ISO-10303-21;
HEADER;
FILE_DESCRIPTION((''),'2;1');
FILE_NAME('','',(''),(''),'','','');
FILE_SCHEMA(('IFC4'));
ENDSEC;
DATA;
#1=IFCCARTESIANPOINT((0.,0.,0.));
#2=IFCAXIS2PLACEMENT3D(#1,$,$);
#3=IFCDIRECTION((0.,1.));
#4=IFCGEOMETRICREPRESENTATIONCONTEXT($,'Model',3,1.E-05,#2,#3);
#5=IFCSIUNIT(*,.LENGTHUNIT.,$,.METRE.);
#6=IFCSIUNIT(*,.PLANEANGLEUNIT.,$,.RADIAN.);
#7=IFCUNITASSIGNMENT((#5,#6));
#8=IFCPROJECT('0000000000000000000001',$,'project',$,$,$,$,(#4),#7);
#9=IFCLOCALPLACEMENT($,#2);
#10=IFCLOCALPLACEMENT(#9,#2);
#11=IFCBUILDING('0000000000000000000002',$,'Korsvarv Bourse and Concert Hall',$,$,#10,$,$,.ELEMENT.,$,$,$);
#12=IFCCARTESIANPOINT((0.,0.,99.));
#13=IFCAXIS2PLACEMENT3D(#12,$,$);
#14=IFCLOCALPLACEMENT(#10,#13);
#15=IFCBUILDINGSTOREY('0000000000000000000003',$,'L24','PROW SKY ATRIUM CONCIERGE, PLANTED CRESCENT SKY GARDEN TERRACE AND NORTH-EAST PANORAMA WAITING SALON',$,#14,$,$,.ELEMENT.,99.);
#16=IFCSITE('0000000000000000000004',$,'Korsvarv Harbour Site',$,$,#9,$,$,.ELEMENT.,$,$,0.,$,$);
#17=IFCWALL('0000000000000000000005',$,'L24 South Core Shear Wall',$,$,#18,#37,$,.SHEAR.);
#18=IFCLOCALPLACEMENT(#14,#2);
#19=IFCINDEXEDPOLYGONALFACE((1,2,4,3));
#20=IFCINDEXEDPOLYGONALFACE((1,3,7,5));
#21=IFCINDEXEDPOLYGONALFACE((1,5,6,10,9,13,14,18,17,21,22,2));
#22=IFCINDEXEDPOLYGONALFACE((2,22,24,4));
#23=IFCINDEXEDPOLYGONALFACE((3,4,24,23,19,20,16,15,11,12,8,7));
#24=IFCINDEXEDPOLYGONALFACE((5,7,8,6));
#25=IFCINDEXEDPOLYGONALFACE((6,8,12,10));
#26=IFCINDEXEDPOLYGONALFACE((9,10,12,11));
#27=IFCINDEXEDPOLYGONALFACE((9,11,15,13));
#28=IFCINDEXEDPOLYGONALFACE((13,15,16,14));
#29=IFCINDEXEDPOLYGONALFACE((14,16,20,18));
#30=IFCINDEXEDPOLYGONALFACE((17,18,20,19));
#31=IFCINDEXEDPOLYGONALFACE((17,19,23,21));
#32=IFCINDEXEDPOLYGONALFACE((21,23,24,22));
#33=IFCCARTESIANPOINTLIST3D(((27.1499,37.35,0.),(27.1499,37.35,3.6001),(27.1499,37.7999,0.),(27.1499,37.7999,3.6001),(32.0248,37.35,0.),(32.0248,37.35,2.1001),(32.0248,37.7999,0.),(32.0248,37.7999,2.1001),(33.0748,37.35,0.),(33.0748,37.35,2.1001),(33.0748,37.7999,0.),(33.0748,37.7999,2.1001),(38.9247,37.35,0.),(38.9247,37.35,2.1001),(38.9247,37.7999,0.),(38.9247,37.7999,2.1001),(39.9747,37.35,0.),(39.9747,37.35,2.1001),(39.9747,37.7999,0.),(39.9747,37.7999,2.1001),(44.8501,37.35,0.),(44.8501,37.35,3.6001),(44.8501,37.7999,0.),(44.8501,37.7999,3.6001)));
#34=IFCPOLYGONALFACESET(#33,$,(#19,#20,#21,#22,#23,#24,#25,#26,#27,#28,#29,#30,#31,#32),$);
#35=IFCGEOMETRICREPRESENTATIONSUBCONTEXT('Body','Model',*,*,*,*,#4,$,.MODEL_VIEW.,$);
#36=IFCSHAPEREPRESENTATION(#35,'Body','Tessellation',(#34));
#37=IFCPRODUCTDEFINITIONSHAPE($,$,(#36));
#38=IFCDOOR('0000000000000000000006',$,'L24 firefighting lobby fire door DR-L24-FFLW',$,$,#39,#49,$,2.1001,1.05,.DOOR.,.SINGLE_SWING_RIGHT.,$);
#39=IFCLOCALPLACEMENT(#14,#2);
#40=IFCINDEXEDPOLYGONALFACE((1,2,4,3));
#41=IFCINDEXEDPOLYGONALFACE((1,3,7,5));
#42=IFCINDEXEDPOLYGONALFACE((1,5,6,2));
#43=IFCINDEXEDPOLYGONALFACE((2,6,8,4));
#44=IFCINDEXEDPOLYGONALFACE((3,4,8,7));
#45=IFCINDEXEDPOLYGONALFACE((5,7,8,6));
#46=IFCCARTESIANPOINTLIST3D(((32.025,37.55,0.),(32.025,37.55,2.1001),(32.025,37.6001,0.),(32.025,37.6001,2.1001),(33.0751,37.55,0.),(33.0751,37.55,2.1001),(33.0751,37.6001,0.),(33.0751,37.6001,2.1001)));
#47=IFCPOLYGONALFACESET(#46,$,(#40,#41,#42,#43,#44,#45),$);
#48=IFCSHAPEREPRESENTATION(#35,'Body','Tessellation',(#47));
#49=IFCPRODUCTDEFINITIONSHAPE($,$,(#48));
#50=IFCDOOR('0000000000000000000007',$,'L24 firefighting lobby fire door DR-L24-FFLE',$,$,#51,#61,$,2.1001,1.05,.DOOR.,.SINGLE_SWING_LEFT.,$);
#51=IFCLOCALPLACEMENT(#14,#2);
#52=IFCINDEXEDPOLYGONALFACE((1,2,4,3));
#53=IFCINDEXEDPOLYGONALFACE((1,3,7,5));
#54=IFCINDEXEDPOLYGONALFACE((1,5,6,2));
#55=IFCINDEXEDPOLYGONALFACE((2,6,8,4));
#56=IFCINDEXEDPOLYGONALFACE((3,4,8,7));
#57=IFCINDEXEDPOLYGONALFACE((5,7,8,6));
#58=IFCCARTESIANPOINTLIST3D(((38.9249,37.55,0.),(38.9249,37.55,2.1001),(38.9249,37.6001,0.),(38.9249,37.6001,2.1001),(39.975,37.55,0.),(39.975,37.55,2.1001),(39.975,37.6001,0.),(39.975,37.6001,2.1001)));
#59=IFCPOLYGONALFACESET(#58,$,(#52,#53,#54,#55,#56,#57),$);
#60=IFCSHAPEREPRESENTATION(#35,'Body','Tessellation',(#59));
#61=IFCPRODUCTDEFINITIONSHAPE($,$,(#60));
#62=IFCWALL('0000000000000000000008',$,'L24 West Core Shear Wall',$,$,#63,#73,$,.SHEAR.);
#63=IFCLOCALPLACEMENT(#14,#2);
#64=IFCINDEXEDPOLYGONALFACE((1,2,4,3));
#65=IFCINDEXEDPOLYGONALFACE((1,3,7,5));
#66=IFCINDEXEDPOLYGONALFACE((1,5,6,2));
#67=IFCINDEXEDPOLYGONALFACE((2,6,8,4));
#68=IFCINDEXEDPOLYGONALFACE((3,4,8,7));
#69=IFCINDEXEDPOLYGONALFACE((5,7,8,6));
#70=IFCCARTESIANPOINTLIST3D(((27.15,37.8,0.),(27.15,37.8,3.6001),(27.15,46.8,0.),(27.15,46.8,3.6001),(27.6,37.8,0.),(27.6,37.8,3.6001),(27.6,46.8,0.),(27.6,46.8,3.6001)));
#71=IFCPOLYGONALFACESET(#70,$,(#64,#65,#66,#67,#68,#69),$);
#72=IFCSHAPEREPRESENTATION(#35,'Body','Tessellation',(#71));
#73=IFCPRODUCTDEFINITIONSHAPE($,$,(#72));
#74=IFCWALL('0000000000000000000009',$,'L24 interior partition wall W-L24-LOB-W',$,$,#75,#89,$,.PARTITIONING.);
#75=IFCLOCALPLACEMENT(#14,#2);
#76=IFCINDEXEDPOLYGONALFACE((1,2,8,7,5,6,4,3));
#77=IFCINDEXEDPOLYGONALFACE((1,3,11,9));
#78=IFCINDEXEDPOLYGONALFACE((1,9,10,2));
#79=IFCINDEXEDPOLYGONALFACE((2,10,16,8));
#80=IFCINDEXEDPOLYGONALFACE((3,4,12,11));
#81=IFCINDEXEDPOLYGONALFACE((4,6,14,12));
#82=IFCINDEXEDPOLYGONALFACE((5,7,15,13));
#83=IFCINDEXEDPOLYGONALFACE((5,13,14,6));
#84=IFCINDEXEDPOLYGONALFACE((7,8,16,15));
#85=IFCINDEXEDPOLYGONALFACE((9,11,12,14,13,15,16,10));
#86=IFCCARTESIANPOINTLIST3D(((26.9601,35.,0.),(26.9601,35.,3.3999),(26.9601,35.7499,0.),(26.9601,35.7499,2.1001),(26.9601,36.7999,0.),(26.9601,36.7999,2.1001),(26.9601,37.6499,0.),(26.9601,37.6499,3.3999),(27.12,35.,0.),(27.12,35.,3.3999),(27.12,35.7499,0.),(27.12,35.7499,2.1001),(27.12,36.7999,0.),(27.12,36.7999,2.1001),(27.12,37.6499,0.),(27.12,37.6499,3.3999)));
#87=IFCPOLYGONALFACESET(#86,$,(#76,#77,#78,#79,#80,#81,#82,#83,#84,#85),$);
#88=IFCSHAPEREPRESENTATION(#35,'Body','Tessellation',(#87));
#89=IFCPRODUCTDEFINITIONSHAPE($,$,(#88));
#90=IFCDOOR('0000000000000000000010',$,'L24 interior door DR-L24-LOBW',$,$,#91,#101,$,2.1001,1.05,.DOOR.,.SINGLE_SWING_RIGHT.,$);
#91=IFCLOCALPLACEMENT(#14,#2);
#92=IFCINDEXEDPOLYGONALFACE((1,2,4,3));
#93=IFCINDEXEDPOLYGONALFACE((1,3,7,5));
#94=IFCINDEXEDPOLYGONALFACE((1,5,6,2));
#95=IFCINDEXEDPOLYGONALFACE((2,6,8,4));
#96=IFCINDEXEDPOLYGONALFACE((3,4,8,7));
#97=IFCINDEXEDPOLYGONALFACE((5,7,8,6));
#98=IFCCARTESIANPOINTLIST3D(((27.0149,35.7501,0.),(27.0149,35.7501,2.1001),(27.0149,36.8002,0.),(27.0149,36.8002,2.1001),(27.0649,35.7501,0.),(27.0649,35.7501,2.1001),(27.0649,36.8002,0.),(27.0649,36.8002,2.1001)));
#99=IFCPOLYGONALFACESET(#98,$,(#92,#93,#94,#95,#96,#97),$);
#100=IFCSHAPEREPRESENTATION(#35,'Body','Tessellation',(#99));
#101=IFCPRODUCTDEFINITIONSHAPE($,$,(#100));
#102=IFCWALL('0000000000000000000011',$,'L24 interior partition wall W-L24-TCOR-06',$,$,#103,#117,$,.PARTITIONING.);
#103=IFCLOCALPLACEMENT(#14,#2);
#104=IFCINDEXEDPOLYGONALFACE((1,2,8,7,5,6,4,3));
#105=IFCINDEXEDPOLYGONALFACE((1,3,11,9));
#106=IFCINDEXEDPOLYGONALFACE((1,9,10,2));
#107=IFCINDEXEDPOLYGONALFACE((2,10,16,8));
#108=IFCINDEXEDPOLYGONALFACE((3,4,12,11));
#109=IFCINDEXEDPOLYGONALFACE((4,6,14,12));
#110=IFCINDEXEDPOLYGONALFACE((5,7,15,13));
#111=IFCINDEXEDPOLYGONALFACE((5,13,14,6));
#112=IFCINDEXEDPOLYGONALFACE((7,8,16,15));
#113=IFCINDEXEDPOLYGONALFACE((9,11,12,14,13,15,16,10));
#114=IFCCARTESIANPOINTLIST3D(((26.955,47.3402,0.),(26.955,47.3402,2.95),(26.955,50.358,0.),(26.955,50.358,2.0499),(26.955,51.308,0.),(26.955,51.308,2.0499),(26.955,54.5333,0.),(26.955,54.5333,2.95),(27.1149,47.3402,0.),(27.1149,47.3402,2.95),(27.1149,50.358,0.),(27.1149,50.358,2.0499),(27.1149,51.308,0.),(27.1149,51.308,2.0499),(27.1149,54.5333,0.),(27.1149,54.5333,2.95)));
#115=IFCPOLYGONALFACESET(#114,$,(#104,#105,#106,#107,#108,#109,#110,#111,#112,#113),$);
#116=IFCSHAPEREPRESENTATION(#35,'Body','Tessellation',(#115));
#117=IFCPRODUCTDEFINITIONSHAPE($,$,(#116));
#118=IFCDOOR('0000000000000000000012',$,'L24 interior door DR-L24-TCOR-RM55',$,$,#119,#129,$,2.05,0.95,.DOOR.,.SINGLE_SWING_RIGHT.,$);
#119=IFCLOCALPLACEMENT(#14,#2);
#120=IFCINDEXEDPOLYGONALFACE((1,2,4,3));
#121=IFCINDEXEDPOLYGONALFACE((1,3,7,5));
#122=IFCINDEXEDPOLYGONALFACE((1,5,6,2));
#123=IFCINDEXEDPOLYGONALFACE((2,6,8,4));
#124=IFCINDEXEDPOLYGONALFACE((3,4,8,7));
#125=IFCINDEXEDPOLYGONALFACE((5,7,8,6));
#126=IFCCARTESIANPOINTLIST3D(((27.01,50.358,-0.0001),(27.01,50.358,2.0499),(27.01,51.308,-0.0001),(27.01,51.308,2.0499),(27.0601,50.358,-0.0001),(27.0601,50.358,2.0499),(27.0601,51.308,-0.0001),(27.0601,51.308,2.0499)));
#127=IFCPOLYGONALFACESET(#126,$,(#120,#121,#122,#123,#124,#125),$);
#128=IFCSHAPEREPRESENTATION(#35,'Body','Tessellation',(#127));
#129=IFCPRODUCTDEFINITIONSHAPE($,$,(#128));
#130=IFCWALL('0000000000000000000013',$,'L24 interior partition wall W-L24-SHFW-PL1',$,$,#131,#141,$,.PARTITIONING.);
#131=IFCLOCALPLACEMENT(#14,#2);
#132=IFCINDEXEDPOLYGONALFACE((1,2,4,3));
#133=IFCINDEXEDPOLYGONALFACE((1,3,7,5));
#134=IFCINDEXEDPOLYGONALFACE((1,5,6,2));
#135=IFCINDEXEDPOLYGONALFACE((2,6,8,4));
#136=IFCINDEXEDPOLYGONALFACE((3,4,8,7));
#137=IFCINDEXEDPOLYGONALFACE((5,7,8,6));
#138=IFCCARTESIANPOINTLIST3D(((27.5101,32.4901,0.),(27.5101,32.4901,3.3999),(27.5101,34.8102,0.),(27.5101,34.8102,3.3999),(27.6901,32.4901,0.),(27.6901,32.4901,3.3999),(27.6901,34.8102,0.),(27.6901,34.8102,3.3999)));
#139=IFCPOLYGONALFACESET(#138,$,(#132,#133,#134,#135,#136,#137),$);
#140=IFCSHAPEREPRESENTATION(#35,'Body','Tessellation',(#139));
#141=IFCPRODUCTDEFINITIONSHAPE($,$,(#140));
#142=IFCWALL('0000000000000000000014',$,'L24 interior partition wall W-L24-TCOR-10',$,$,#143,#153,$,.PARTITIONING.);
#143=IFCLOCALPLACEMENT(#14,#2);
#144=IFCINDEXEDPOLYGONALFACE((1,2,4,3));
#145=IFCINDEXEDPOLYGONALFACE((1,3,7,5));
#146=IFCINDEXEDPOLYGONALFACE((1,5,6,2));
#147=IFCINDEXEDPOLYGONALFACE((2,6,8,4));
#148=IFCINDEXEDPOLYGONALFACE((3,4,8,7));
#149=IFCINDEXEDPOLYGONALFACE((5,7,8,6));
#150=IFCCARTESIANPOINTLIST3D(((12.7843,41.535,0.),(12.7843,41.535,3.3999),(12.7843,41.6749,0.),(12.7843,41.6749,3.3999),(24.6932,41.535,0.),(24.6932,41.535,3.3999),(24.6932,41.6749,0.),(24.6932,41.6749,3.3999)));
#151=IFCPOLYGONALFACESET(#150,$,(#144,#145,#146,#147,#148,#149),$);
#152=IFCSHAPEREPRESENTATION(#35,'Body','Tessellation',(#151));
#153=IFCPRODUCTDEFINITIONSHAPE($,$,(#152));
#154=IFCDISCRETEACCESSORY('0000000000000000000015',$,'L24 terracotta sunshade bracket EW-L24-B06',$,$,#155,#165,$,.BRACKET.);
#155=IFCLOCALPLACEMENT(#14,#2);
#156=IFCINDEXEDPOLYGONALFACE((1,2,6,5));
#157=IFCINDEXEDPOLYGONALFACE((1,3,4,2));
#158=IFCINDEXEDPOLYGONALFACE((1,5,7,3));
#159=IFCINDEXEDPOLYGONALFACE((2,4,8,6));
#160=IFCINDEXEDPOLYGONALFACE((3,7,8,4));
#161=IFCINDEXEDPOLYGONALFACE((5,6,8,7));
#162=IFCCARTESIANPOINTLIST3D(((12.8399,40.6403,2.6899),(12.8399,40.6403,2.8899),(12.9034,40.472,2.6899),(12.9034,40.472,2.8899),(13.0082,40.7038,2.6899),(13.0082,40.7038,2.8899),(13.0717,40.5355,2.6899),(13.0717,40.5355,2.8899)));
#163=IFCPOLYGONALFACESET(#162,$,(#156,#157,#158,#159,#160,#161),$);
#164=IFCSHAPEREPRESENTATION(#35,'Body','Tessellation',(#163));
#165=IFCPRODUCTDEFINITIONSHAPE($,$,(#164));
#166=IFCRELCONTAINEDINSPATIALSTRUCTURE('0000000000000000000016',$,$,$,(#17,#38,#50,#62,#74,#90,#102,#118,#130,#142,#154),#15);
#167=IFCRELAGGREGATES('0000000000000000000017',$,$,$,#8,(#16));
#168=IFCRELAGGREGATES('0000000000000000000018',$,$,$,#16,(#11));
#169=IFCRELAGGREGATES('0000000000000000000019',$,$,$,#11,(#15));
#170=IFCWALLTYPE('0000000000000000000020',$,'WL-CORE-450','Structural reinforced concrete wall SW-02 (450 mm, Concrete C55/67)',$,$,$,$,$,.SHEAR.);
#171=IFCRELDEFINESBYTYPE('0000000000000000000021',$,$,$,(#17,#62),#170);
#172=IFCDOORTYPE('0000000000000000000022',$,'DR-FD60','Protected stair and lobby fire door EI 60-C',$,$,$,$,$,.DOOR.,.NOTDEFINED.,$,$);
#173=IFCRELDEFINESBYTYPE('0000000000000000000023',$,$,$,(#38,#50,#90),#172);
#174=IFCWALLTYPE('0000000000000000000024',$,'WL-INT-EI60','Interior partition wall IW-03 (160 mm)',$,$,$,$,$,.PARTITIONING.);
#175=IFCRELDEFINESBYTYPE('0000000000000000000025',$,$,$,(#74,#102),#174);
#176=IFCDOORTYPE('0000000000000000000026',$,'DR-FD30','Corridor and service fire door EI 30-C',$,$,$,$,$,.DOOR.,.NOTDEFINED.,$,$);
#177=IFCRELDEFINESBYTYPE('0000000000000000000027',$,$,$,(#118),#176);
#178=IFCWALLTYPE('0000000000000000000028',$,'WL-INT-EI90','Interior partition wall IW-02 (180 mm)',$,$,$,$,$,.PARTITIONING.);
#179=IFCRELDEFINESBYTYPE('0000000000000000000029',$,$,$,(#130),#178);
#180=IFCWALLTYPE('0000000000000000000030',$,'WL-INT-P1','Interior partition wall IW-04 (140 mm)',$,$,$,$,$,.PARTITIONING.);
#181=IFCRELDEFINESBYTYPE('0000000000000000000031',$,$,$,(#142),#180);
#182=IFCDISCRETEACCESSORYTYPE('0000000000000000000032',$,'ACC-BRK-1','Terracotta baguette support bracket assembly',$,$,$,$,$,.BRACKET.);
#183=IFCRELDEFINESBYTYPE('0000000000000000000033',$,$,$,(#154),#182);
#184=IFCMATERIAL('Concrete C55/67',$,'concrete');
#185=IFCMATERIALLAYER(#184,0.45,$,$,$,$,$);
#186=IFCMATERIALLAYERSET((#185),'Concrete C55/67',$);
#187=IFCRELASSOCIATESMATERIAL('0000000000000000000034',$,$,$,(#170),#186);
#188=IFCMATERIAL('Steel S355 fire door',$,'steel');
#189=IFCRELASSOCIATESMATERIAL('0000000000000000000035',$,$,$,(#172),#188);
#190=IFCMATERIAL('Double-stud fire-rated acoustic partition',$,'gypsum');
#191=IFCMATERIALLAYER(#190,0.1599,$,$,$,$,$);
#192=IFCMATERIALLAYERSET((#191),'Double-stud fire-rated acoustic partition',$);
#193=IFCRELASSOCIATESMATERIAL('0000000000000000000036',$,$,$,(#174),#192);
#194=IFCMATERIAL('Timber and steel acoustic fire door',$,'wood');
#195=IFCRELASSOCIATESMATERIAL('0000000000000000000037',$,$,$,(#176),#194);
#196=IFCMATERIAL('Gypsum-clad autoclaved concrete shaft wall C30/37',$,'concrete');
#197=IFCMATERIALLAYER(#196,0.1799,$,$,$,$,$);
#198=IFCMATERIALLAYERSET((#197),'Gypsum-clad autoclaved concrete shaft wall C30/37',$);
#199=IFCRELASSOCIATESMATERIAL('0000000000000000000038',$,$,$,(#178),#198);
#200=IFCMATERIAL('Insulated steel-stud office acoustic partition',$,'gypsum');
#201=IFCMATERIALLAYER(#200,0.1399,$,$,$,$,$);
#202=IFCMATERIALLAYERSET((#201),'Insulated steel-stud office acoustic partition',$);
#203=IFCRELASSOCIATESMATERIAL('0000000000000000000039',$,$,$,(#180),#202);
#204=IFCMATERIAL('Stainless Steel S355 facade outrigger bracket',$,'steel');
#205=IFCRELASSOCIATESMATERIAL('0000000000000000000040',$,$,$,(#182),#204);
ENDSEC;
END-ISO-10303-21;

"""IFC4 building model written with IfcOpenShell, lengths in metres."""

from ifc_helpers import new_model, si_unit, direction, frame, frame_2d, origin, origin_2d, place, context, subcontext, project, spatial, rectangle, extrude, source, transform, mapped, material, layer, layer_set, type_object, element, fill, save


model = new_model("IFC4")

# Units and contexts
model_context = context("Model", 3, precision=1e-05, world=origin(), true_north=direction((0.0, 1.0)))
body_context = subcontext(model_context, "Body", "Model", "MODEL_VIEW")
ifc_project = project(units=[si_unit("LENGTHUNIT", "METRE"), si_unit("PLANEANGLEUNIT", "RADIAN")], contexts=[model_context])

# Site, building, storey
site_placement = place(None, origin())
site = spatial("IfcSite", under=ifc_project, at=site_placement, Name="Korsvarv Harbour Site", CompositionType="ELEMENT", RefElevation=0.0)
building_placement = place(site_placement, origin())
building = spatial("IfcBuilding", under=site, at=building_placement, Name="Korsvarv Bourse and Concert Hall", CompositionType="ELEMENT")
storey_placement = place(building_placement, frame((0.0, 0.0, 99.0)))
storey = spatial("IfcBuildingStorey", under=building, at=storey_placement, Name="L24", Description="PROW SKY ATRIUM CONCIERGE, PLANTED CRESCENT SKY GARDEN TERRACE AND NORTH-EAST PANORAMA WAITING SALON", CompositionType="ELEMENT", Elevation=99.0)

# Shared definitions
ifc_material_1 = material(Name="Concrete C55/67", Category="concrete")
ifc_layer_1 = layer(ifc_material_1, 0.45)
ifc_layer_set_1 = layer_set([ifc_layer_1], Name="Concrete C55/67")
wall_type_1 = type_object("IfcWallType", Name="WL-CORE-450", Description="Structural reinforced concrete wall SW-02 (450 mm, Concrete C55/67)", PredefinedType="SHEAR", material=ifc_layer_set_1)

# Wall, openings, doors
wall_1_placement = place(storey_placement, frame((27.1499, 37.575, 0.0), z_axis=(0.0, 0.0, 1.0), x_axis=(1.0, 0.0, 0.0)))
wall_1 = element("IfcWall", 1, at=wall_1_placement, inside=storey, type_object=wall_type_1, Name="L24 South Core Shear Wall", PredefinedType="SHEAR", context=body_context, shape_type="SweptSolid", body=[
    extrude(rectangle(XDim=17.7002, YDim=0.45, at=frame_2d((8.8501, 0.0))), origin(), (0.0, 0.0, 1.0), 3.6001),
])
opening_1_placement = place(wall_1_placement, frame((4.875, 0.0, 0.0)))
opening_1 = element("IfcOpeningElement", 2, at=opening_1_placement, cuts=wall_1, PredefinedType="OPENING", context=body_context, shape_type="SweptSolid", body=[
    extrude(rectangle(XDim=1.05, YDim=2.1001, at=frame_2d((0.5249, 1.05))), frame((0.0, 0.2349, 0.0), z_axis=(0.0, -1.0, 0.0), x_axis=(1.0, 0.0, 0.0)), (0.0, 0.0, 1.0), 0.47),
])
opening_2_placement = place(wall_1_placement, frame((11.7749, 0.0, 0.0)))
opening_2 = element("IfcOpeningElement", 3, at=opening_2_placement, cuts=wall_1, PredefinedType="OPENING", context=body_context, shape_type="SweptSolid", body=[
    extrude(rectangle(XDim=1.05, YDim=2.1001, at=frame_2d((0.5249, 1.05))), frame((0.0, 0.2349, 0.0), z_axis=(0.0, -1.0, 0.0), x_axis=(1.0, 0.0, 0.0)), (0.0, 0.0, 1.0), 0.47),
])
ifc_material_2 = material(Name="Steel S355 fire door", Category="steel")
door_type_1 = type_object("IfcDoorType", Name="DR-FD60", Description="Protected stair and lobby fire door EI 60-C", OperationType="NOTDEFINED", PredefinedType="DOOR", material=ifc_material_2)
door_1_placement = place(opening_1_placement, frame((1.05, 0.0, 0.0), z_axis=(0.0, 0.0, 1.0), x_axis=(-1.0, 0.0, 0.0)))
door_1 = element("IfcDoor", 4, at=door_1_placement, inside=storey, type_object=door_type_1, Name="L24 firefighting lobby fire door DR-L24-FFLW", OperationType="SINGLE_SWING_RIGHT", OverallHeight=2.1001, OverallWidth=1.05, PredefinedType="DOOR", context=body_context, shape_type="SweptSolid", body=[
    extrude(rectangle(XDim=1.05, YDim=2.1001, at=frame_2d((0.5249, 1.05))), frame((0.0, 0.0249, 0.0), z_axis=(0.0, -1.0, 0.0), x_axis=(1.0, 0.0, 0.0)), (0.0, 0.0, 1.0), 0.05),
])
fill(opening_1, door_1)
door_2_placement = place(opening_2_placement, frame((1.05, 0.0, 0.0), z_axis=(0.0, 0.0, 1.0), x_axis=(-1.0, 0.0, 0.0)))
door_2 = element("IfcDoor", 5, at=door_2_placement, inside=storey, type_object=door_type_1, Name="L24 firefighting lobby fire door DR-L24-FFLE", OperationType="SINGLE_SWING_LEFT", OverallHeight=2.1001, OverallWidth=1.05, PredefinedType="DOOR", context=body_context, shape_type="SweptSolid", body=[
    extrude(rectangle(XDim=1.05, YDim=2.1001, at=frame_2d((0.5249, 1.05))), frame((0.0, 0.0249, 0.0), z_axis=(0.0, -1.0, 0.0), x_axis=(1.0, 0.0, 0.0)), (0.0, 0.0, 1.0), 0.05),
])
fill(opening_2, door_2)

# Wall
wall_2_placement = place(storey_placement, frame((27.375, 37.8, 0.0), z_axis=(0.0, 0.0, 1.0), x_axis=(0.0, 1.0, 0.0)))
element("IfcWall", 6, at=wall_2_placement, inside=storey, type_object=wall_type_1, Name="L24 West Core Shear Wall", PredefinedType="SHEAR", context=body_context, shape_type="SweptSolid", body=[
    extrude(rectangle(XDim=9.0, YDim=0.45, at=frame_2d((4.5, 0.0))), origin(), (0.0, 0.0, 1.0), 3.6001),
])

# Walls, openings, doors
ifc_material_3 = material(Name="Double-stud fire-rated acoustic partition", Category="gypsum")
ifc_layer_2 = layer(ifc_material_3, 0.1599)
ifc_layer_set_2 = layer_set([ifc_layer_2], Name="Double-stud fire-rated acoustic partition")
wall_type_2 = type_object("IfcWallType", Name="WL-INT-EI60", Description="Interior partition wall IW-03 (160 mm)", PredefinedType="PARTITIONING", material=ifc_layer_set_2)
wall_3_placement = place(storey_placement, frame((27.04, 35.0, 0.0), z_axis=(0.0, 0.0, 1.0), x_axis=(0.0, 1.0, 0.0)))
wall_3 = element("IfcWall", 7, at=wall_3_placement, inside=storey, type_object=wall_type_2, Name="L24 interior partition wall W-L24-LOB-W", PredefinedType="PARTITIONING", context=body_context, shape_type="SweptSolid", body=[
    extrude(rectangle(XDim=2.6499, YDim=0.1599, at=frame_2d((1.325, 0.0))), origin(), (0.0, 0.0, 1.0), 3.3999),
])
opening_3_placement = place(wall_3_placement, frame((0.75, 0.0, 0.0)))
opening_3 = element("IfcOpeningElement", 8, at=opening_3_placement, cuts=wall_3, PredefinedType="OPENING", context=body_context, shape_type="SweptSolid", body=[
    extrude(rectangle(XDim=1.05, YDim=2.1001, at=frame_2d((0.5249, 1.05))), frame((0.0, 0.0898, 0.0), z_axis=(0.0, -1.0, 0.0), x_axis=(1.0, 0.0, 0.0)), (0.0, 0.0, 1.0), 0.1799),
])
door_3_placement = place(opening_3_placement, frame((1.05, 0.0, 0.0), z_axis=(0.0, 0.0, 1.0), x_axis=(-1.0, 0.0, 0.0)))
door_3 = element("IfcDoor", 9, at=door_3_placement, inside=storey, type_object=door_type_1, Name="L24 interior door DR-L24-LOBW", OperationType="SINGLE_SWING_RIGHT", OverallHeight=2.1001, OverallWidth=1.05, PredefinedType="DOOR", context=body_context, shape_type="SweptSolid", body=[
    extrude(rectangle(XDim=1.05, YDim=2.1001, at=frame_2d((0.5249, 1.05))), frame((0.0, 0.0249, 0.0), z_axis=(0.0, -1.0, 0.0), x_axis=(1.0, 0.0, 0.0)), (0.0, 0.0, 1.0), 0.05),
])
fill(opening_3, door_3)
wall_4_placement = place(storey_placement, frame((27.0349, 47.3401, 0.0), z_axis=(0.0, 0.0, 1.0), x_axis=(0.0, 1.0, 0.0)))
wall_4 = element("IfcWall", 10, at=wall_4_placement, inside=storey, type_object=wall_type_2, Name="L24 interior partition wall W-L24-TCOR-06", PredefinedType="PARTITIONING", context=body_context, shape_type="SweptSolid", body=[
    extrude(rectangle(XDim=7.1931, YDim=0.1599, at=frame_2d((3.5967, 0.0))), origin(), (0.0, 0.0, 1.0), 2.95),
])
opening_4_placement = place(wall_4_placement, frame((3.0178, 0.0, 0.0)))
opening_4 = element("IfcOpeningElement", 11, at=opening_4_placement, cuts=wall_4, PredefinedType="OPENING", context=body_context, shape_type="SweptSolid", body=[
    extrude(rectangle(XDim=0.95, YDim=2.05, at=frame_2d((0.4751, 1.0249))), frame((0.0, 0.0898, 0.0), z_axis=(0.0, -1.0, 0.0), x_axis=(1.0, 0.0, 0.0)), (0.0, 0.0, 1.0), 0.1799),
])
ifc_material_4 = material(Name="Timber and steel acoustic fire door", Category="wood")
door_type_2 = type_object("IfcDoorType", Name="DR-FD30", Description="Corridor and service fire door EI 30-C", OperationType="NOTDEFINED", PredefinedType="DOOR", material=ifc_material_4)
door_4_placement = place(opening_4_placement, origin())
door_4 = element("IfcDoor", 12, at=door_4_placement, inside=storey, type_object=door_type_2, Name="L24 interior door DR-L24-TCOR-RM55", OperationType="SINGLE_SWING_RIGHT", OverallHeight=2.05, OverallWidth=0.95, PredefinedType="DOOR", context=body_context, shape_type="SweptSolid", body=[
    extrude(rectangle(XDim=0.95, YDim=2.05, at=frame_2d((0.4751, 1.0249))), frame((0.0, 0.0249, 0.0), z_axis=(0.0, -1.0, 0.0), x_axis=(1.0, 0.0, 0.0)), (0.0, 0.0, 1.0), 0.05),
])
fill(opening_4, door_4)

# Walls
ifc_material_5 = material(Name="Gypsum-clad autoclaved concrete shaft wall C30/37", Category="concrete")
ifc_layer_3 = layer(ifc_material_5, 0.1799)
ifc_layer_set_3 = layer_set([ifc_layer_3], Name="Gypsum-clad autoclaved concrete shaft wall C30/37")
wall_type_3 = type_object("IfcWallType", Name="WL-INT-EI90", Description="Interior partition wall IW-02 (180 mm)", PredefinedType="PARTITIONING", material=ifc_layer_set_3)
wall_5_placement = place(storey_placement, frame((27.6001, 32.49, 0.0), z_axis=(0.0, 0.0, 1.0), x_axis=(0.0, 1.0, 0.0)))
element("IfcWall", 13, at=wall_5_placement, inside=storey, type_object=wall_type_3, Name="L24 interior partition wall W-L24-SHFW-PL1", PredefinedType="PARTITIONING", context=body_context, shape_type="SweptSolid", body=[
    extrude(rectangle(XDim=2.3201, YDim=0.1799, at=frame_2d((1.1602, 0.0))), origin(), (0.0, 0.0, 1.0), 3.3999),
])
ifc_material_6 = material(Name="Insulated steel-stud office acoustic partition", Category="gypsum")
ifc_layer_4 = layer(ifc_material_6, 0.1399)
ifc_layer_set_4 = layer_set([ifc_layer_4], Name="Insulated steel-stud office acoustic partition")
wall_type_4 = type_object("IfcWallType", Name="WL-INT-P1", Description="Interior partition wall IW-04 (140 mm)", PredefinedType="PARTITIONING", material=ifc_layer_set_4)
wall_6_placement = place(storey_placement, frame((12.7842, 41.605, 0.0), z_axis=(0.0, 0.0, 1.0), x_axis=(1.0, 0.0, 0.0)))
element("IfcWall", 14, at=wall_6_placement, inside=storey, type_object=wall_type_4, Name="L24 interior partition wall W-L24-TCOR-10", PredefinedType="PARTITIONING", context=body_context, shape_type="SweptSolid", body=[
    extrude(rectangle(XDim=11.9089, YDim=0.1399, at=frame_2d((5.9546, 0.0))), origin(), (0.0, 0.0, 1.0), 3.3999),
])

# Discrete accessory
ifc_material_7 = material(Name="Stainless Steel S355 facade outrigger bracket", Category="steel")
discrete_accessory_type = type_object("IfcDiscreteAccessoryType", Name="ACC-BRK-1", Description="Terracotta baguette support bracket assembly", PredefinedType="BRACKET", material=ifc_material_7)
shared_shape_1 = source(origin(), body_context, "Body", "SweptSolid", [
    extrude(rectangle(XDim=0.1799, YDim=0.1799, at=origin_2d()), origin(), (0.0, 0.0, 1.0), 0.2),
])
discrete_accessory_placement = place(storey_placement, frame((12.9558, 40.5879, 2.6899), z_axis=(0.0, 0.0, 1.0), x_axis=(0.352985, -0.935629, 0.0)))
element("IfcDiscreteAccessory", 15, at=discrete_accessory_placement, inside=storey, type_object=discrete_accessory_type, Name="L24 terracotta sunshade bracket EW-L24-B06", PredefinedType="BRACKET", context=body_context, shape_type="MappedRepresentation", body=[
    mapped(shared_shape_1, transform((0.0, 0.0, 0.0), scale=1.0)),
])

save(model, "model.ifc")
